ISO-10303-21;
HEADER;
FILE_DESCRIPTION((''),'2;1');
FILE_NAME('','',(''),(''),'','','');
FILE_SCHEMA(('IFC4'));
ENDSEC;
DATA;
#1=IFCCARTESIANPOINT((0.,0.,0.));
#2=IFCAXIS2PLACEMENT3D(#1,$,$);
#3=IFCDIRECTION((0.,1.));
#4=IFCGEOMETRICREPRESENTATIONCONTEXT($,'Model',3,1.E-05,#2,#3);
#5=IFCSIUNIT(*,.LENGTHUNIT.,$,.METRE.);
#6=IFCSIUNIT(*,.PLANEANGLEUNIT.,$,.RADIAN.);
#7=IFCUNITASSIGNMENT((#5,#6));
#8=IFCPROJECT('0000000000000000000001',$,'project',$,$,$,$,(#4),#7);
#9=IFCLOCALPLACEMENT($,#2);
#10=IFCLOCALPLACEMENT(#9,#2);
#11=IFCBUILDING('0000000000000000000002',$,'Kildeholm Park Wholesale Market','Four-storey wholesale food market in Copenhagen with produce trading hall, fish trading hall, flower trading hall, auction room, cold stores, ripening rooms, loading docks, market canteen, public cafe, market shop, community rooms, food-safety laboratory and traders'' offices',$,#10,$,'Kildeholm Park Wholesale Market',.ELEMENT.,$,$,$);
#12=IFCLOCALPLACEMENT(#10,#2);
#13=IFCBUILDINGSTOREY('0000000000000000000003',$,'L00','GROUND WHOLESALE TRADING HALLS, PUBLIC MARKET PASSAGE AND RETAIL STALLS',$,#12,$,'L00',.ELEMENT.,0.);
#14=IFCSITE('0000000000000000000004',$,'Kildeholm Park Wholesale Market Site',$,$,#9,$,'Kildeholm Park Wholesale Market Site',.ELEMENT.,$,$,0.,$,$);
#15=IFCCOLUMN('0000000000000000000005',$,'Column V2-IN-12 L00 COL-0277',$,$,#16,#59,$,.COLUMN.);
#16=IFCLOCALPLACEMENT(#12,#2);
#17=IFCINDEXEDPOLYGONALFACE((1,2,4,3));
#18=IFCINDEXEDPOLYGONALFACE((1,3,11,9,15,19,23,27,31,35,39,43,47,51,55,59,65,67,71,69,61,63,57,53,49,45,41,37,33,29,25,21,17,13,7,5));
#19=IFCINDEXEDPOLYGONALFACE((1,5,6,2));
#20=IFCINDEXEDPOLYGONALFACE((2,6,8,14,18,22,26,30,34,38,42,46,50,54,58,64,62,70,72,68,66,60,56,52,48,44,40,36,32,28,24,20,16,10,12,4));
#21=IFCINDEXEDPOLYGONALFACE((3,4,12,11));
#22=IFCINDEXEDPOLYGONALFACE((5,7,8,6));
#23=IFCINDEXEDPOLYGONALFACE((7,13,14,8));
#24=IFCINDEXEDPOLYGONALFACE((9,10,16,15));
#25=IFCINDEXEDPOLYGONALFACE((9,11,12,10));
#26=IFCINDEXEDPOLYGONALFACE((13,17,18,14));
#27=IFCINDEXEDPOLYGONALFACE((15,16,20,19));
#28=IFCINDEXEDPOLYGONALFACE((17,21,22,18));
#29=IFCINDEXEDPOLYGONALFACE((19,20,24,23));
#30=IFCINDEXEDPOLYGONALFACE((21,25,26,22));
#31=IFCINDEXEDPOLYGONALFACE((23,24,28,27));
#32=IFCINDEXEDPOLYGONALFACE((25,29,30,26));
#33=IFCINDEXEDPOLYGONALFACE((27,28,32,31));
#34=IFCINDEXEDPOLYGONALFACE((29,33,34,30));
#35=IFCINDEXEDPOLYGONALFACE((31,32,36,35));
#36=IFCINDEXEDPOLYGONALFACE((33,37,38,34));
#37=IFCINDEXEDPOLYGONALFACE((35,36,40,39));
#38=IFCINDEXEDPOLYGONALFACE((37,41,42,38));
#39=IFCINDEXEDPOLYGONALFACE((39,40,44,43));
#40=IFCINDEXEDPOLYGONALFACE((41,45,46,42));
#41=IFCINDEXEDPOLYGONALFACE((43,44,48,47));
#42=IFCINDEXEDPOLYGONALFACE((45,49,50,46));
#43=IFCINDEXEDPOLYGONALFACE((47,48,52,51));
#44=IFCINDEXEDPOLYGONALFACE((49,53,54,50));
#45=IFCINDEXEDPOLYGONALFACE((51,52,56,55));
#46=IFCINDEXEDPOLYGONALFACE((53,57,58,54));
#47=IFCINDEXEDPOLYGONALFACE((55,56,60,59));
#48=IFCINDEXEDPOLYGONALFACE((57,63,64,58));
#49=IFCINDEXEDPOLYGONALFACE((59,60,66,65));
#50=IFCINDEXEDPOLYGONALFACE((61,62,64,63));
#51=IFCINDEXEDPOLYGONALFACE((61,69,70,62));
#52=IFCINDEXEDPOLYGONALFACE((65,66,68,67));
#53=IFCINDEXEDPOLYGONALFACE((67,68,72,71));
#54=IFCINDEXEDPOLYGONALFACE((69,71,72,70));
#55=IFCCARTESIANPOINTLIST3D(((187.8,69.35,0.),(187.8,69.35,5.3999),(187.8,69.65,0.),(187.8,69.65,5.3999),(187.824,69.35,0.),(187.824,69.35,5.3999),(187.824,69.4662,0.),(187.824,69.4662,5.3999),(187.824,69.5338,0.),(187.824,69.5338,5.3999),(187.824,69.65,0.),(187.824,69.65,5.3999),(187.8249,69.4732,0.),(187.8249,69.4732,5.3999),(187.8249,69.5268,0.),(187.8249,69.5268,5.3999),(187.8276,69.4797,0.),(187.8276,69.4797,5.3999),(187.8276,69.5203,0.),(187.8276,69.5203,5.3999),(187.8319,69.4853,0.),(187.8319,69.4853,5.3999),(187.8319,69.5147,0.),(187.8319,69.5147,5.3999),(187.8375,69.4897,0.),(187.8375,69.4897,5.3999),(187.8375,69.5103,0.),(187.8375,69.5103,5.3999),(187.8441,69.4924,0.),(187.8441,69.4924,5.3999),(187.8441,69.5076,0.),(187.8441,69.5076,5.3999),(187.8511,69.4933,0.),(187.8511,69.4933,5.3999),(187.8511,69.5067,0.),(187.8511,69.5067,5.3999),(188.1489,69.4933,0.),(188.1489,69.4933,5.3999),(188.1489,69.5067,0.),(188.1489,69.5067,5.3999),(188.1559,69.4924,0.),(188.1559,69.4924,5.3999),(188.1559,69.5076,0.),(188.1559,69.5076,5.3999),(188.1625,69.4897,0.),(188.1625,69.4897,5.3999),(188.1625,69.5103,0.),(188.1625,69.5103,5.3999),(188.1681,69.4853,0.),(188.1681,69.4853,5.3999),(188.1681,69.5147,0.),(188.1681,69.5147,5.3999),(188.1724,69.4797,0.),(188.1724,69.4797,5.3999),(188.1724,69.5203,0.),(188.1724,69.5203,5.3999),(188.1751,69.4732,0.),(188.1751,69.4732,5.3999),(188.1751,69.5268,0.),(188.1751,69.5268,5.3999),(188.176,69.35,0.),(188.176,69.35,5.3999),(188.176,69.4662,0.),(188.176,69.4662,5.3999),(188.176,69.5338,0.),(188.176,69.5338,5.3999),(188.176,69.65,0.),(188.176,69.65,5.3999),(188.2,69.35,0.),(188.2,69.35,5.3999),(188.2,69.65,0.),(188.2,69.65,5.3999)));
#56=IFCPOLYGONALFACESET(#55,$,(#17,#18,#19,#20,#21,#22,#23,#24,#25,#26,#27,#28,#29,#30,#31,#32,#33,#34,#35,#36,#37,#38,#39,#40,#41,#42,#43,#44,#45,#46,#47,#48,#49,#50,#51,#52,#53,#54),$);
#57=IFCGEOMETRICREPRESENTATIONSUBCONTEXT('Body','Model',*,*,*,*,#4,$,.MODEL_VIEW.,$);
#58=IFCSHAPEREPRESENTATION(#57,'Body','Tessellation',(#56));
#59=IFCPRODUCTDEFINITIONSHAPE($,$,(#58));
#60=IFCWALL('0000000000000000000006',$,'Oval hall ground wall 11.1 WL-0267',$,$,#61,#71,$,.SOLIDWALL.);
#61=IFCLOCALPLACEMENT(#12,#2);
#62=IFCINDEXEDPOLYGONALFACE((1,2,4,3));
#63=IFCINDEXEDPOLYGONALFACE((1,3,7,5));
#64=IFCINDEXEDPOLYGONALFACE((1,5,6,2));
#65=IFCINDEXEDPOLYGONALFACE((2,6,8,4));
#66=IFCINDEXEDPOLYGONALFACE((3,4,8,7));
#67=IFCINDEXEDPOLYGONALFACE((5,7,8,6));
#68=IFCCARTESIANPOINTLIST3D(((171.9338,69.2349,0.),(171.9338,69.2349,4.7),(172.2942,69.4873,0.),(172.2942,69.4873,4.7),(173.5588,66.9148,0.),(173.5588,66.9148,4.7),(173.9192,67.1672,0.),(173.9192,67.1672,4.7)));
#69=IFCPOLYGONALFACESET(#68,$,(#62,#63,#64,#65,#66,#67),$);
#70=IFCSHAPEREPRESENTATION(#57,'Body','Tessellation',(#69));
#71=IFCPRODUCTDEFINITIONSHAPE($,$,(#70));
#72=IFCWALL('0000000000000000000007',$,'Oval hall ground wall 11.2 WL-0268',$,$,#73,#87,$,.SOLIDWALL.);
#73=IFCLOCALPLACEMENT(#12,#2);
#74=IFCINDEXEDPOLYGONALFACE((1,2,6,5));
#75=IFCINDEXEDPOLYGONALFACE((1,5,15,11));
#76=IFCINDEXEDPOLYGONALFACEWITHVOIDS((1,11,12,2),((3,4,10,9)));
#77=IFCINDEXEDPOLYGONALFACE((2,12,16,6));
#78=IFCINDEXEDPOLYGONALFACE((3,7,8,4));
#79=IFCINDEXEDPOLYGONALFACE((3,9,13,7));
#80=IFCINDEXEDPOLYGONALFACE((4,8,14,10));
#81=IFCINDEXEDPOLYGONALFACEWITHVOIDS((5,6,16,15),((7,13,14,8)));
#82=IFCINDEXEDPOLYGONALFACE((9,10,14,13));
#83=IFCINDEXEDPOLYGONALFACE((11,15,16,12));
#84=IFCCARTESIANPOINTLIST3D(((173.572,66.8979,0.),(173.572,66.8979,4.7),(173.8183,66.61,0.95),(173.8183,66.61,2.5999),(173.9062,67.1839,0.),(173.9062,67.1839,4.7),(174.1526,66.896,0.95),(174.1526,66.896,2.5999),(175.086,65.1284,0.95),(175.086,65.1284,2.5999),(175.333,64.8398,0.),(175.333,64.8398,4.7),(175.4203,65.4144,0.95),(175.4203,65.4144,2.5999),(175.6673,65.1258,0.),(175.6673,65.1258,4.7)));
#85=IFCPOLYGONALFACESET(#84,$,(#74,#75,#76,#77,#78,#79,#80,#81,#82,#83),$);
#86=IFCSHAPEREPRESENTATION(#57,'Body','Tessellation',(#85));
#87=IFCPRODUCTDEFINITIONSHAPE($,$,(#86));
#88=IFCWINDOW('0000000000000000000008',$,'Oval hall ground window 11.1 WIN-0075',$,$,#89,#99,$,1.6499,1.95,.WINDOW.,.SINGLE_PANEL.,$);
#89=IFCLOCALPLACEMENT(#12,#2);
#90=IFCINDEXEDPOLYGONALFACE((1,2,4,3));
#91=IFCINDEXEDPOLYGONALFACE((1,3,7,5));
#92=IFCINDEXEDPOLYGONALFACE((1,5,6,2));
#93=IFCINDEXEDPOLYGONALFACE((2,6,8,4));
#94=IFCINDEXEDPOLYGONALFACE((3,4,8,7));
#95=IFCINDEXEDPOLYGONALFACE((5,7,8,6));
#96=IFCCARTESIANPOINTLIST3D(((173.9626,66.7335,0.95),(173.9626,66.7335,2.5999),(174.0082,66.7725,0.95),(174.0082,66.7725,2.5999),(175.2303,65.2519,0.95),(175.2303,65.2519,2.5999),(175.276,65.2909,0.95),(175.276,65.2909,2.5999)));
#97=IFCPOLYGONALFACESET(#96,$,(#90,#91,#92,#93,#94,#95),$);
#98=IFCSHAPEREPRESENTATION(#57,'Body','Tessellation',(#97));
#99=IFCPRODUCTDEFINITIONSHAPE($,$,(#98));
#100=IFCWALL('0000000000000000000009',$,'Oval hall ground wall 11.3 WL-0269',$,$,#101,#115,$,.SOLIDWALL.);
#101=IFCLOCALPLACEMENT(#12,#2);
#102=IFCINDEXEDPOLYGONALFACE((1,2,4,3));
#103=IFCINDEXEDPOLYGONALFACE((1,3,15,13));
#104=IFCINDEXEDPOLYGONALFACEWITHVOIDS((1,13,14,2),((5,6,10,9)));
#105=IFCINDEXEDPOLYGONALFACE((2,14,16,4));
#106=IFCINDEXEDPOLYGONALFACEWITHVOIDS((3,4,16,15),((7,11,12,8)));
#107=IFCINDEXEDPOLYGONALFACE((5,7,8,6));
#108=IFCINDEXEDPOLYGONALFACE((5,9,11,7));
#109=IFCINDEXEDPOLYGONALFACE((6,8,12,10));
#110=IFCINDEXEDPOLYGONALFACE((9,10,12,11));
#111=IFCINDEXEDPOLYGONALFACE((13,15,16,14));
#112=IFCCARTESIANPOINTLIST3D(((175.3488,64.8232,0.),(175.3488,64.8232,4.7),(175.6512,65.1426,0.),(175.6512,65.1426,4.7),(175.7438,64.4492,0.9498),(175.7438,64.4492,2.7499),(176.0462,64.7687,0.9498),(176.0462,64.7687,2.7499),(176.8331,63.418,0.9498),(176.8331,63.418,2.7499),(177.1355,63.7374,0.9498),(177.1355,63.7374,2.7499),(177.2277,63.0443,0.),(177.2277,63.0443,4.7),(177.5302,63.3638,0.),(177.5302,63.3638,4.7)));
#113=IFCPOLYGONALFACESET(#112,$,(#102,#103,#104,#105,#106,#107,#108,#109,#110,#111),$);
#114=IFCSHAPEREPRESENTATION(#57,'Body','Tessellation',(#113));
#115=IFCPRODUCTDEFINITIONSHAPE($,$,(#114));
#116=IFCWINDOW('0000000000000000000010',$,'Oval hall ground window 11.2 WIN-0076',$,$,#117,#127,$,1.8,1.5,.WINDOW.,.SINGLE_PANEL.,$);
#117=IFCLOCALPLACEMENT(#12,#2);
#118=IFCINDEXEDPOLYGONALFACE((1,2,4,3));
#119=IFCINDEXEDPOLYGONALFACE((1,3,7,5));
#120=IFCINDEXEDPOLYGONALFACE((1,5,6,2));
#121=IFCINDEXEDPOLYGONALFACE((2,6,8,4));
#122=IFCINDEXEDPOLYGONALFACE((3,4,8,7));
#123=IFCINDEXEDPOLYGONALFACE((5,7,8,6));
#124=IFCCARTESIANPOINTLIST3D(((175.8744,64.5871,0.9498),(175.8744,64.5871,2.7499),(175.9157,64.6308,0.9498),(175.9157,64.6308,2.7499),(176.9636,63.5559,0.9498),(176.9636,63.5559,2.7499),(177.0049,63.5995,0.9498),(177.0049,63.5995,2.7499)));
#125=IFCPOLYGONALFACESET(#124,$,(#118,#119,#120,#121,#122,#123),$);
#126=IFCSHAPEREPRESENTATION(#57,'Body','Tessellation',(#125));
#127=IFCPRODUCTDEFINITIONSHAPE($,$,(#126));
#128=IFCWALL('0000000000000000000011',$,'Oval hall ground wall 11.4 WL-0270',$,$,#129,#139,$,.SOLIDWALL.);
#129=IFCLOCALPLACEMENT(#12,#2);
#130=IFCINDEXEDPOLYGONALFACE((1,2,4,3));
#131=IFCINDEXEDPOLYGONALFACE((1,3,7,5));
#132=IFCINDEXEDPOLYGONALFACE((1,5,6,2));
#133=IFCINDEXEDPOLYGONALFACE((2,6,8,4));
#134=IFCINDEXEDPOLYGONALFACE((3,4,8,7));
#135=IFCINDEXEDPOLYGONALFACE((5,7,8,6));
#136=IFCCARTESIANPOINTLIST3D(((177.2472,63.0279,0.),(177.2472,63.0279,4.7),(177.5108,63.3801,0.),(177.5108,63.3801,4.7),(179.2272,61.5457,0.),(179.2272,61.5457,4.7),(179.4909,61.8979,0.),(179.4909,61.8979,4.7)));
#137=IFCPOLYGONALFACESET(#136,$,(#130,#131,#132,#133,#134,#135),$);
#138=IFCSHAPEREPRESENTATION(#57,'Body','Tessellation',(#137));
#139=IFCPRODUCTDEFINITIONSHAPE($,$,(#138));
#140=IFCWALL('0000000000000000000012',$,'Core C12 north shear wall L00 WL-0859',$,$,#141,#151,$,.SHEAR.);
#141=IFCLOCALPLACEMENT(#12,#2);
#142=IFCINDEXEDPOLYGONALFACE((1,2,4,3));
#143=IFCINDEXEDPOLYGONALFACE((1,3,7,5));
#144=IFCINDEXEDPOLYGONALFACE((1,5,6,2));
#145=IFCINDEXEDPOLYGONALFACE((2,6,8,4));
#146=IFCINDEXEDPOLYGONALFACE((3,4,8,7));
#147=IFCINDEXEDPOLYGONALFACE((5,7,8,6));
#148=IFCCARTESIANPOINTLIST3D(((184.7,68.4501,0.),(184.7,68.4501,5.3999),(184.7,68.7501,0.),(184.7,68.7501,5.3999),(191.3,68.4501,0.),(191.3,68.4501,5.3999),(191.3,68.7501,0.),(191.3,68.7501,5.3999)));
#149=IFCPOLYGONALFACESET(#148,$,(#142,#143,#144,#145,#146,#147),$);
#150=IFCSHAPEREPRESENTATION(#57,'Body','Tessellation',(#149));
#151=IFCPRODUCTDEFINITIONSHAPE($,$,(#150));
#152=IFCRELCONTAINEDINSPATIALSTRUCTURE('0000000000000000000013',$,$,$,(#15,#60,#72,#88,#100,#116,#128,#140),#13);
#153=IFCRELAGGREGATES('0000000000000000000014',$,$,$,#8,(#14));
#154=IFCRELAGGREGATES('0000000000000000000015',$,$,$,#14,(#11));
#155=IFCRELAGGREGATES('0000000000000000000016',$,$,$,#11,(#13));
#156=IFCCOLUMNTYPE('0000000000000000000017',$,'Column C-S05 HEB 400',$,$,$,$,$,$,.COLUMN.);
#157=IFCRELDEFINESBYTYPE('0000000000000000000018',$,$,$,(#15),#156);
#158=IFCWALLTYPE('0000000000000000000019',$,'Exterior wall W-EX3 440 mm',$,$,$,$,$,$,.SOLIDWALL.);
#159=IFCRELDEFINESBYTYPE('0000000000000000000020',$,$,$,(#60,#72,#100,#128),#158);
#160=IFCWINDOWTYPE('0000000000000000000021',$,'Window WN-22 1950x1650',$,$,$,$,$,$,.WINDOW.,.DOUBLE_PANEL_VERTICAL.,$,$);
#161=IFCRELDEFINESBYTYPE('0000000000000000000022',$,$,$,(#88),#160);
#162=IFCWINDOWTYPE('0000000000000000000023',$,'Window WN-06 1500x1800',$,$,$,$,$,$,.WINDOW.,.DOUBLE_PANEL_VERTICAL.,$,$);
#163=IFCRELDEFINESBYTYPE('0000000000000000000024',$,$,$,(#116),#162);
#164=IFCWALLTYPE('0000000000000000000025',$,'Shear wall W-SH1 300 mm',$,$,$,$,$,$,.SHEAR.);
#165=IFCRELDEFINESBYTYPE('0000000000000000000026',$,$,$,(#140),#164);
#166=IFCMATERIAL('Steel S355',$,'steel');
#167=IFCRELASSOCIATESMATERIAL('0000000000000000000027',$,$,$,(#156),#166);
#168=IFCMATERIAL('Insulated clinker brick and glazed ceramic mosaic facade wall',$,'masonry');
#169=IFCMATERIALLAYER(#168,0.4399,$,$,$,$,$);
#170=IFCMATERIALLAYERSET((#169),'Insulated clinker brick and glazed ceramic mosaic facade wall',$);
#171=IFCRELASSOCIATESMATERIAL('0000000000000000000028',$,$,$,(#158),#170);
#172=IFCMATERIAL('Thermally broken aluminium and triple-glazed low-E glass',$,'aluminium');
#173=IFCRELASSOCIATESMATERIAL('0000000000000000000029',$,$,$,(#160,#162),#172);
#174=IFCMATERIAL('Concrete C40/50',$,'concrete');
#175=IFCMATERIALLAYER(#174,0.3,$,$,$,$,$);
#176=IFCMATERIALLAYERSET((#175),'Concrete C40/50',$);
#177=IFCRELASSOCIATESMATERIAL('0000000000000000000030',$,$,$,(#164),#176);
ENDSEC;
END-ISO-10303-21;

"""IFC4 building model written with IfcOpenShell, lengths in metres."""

from ifc_helpers import new_model, si_unit, direction, frame, frame_2d, origin, origin_2d, place, context, subcontext, project, spatial, rectangle, i_section, extrude, material, layer, layer_set, material_profile, profile_set, type_object, element, fill, save


model = new_model("IFC4")

# Units and contexts
model_context = context("Model", 3, precision=1e-05, world=origin(), true_north=direction((0.0, 1.0)))
body_context = subcontext(model_context, "Body", "Model", "MODEL_VIEW")
ifc_project = project(units=[si_unit("LENGTHUNIT", "METRE"), si_unit("PLANEANGLEUNIT", "RADIAN")], contexts=[model_context])

# Site, building, storey
site_placement = place(None, origin())
site = spatial("IfcSite", under=ifc_project, at=site_placement, Name="Kildeholm Park Wholesale Market Site", LongName="Kildeholm Park Wholesale Market Site", CompositionType="ELEMENT", RefElevation=0.0)
building_placement = place(site_placement, origin())
building = spatial("IfcBuilding", under=site, at=building_placement, Name="Kildeholm Park Wholesale Market", Description="Four-storey wholesale food market in Copenhagen with produce trading hall, fish trading hall, flower trading hall, auction room, cold stores, ripening rooms, loading docks, market canteen, public cafe, market shop, community rooms, food-safety laboratory and traders' offices", LongName="Kildeholm Park Wholesale Market", CompositionType="ELEMENT")
storey_placement = place(building_placement, origin())
storey = spatial("IfcBuildingStorey", under=building, at=storey_placement, Name="L00", Description="GROUND WHOLESALE TRADING HALLS, PUBLIC MARKET PASSAGE AND RETAIL STALLS", LongName="L00", CompositionType="ELEMENT", Elevation=0.0)

# Column
ifc_material_1 = material(Name="Steel S355", Category="steel")
ifc_material_profile_1 = material_profile(ifc_material_1, i_section(OverallWidth=0.3, OverallDepth=0.3999, WebThickness=0.0134, FlangeThickness=0.0239, FilletRadius=0.0271, at=origin_2d()), Name="HEB 400")
ifc_profile_set_1 = profile_set([ifc_material_profile_1], Name="Steel S355")
column_type = type_object("IfcColumnType", Name="Column C-S05 HEB 400", PredefinedType="COLUMN", material=ifc_profile_set_1)
for number, where, z_axis, x_axis, name in (
    (1, (188.0, 69.5, 0.0), (0.0, 0.0, 1.0), (0.0, -1.0, 0.0), "Column V2-IN-12 L00 COL-0277"),
):
    element("IfcColumn", number, at=place(storey_placement, frame(where, z_axis=z_axis, x_axis=x_axis)), inside=storey, type_object=column_type, Name=name, PredefinedType="COLUMN", context=body_context, shape_type="SweptSolid", body=[
        extrude(i_section(OverallWidth=0.3, OverallDepth=0.3999, WebThickness=0.0134, FlangeThickness=0.0239, FilletRadius=0.0271, at=origin_2d()), origin(), (0.0, 0.0, 1.0), 5.3999),
    ])

# Wall
ifc_material_2 = material(Name="Insulated clinker brick and glazed ceramic mosaic facade wall", Category="masonry")
ifc_layer_1 = layer(ifc_material_2, 0.4399)
ifc_layer_set_1 = layer_set([ifc_layer_1], Name="Insulated clinker brick and glazed ceramic mosaic facade wall")
wall_type_1 = type_object("IfcWallType", Name="Exterior wall W-EX3 440 mm", PredefinedType="SOLIDWALL", material=ifc_layer_set_1)
wall_1_placement = place(storey_placement, frame((172.114, 69.3611, 0.0), z_axis=(0.0, 0.0, 1.0), x_axis=(0.573688, -0.819074, 0.0)))
element("IfcWall", 2, at=wall_1_placement, inside=storey, type_object=wall_type_1, Name="Oval hall ground wall 11.1 WL-0267", PredefinedType="SOLIDWALL", context=body_context, shape_type="SweptSolid", body=[
    extrude(rectangle(XDim=2.8325, YDim=0.4399, at=frame_2d((1.4163, 0.0))), origin(), (0.0, 0.0, 1.0), 4.7),
])

# Walls, openings, windows
wall_2_placement = place(storey_placement, frame((173.739, 67.041, 0.0), z_axis=(0.0, 0.0, 1.0), x_axis=(0.650131, -0.759823, 0.0)))
wall_2 = element("IfcWall", 3, at=wall_2_placement, inside=storey, type_object=wall_type_1, Name="Oval hall ground wall 11.2 WL-0268", PredefinedType="SOLIDWALL", context=body_context, shape_type="SweptSolid", body=[
    extrude(rectangle(XDim=2.7087, YDim=0.4399, at=frame_2d((1.3545, 0.0))), origin(), (0.0, 0.0, 1.0), 4.7),
])
opening_1_placement = place(wall_2_placement, frame((0.3789, 0.0, 0.95)))
opening_1 = element("IfcOpeningElement", 4, at=opening_1_placement, cuts=wall_2, PredefinedType="OPENING", context=body_context, shape_type="SweptSolid", body=[
    extrude(rectangle(XDim=1.95, YDim=1.6499, at=frame_2d((0.9751, 0.825))), frame((0.0, 0.23, 0.0), z_axis=(0.0, -1.0, 0.0), x_axis=(1.0, 0.0, 0.0)), (0.0, 0.0, 1.0), 0.46),
])
ifc_material_3 = material(Name="Thermally broken aluminium and triple-glazed low-E glass", Category="aluminium")
window_type_1 = type_object("IfcWindowType", Name="Window WN-22 1950x1650", PartitioningType="DOUBLE_PANEL_VERTICAL", PredefinedType="WINDOW", material=ifc_material_3)
window_1_placement = place(opening_1_placement, origin())
window_1 = element("IfcWindow", 5, at=window_1_placement, inside=storey, type_object=window_type_1, Name="Oval hall ground window 11.1 WIN-0075", OverallHeight=1.6499, OverallWidth=1.95, PartitioningType="SINGLE_PANEL", PredefinedType="WINDOW", context=body_context, shape_type="SweptSolid", body=[
    extrude(rectangle(XDim=1.95, YDim=1.6499, at=frame_2d((0.9751, 0.825))), frame((0.0, 0.03, 0.0), z_axis=(0.0, -1.0, 0.0), x_axis=(1.0, 0.0, 0.0)), (0.0, 0.0, 1.0), 0.0601),
])
fill(opening_1, window_1)
wall_3_placement = place(storey_placement, frame((175.5, 64.9829, 0.0), z_axis=(0.0, 0.0, 1.0), x_axis=(0.726186, -0.687499, 0.0)))
wall_3 = element("IfcWall", 6, at=wall_3_placement, inside=storey, type_object=wall_type_1, Name="Oval hall ground wall 11.3 WL-0269", PredefinedType="SOLIDWALL", context=body_context, shape_type="SweptSolid", body=[
    extrude(rectangle(XDim=2.5874, YDim=0.4399, at=frame_2d((1.2937, 0.0))), origin(), (0.0, 0.0, 1.0), 4.7),
])
opening_2_placement = place(wall_3_placement, frame((0.5439, 0.0, 0.95)))
opening_2 = element("IfcOpeningElement", 7, at=opening_2_placement, cuts=wall_3, PredefinedType="OPENING", context=body_context, shape_type="SweptSolid", body=[
    extrude(rectangle(XDim=1.5, YDim=1.8, at=frame_2d((0.75, 0.8999))), frame((0.0, 0.23, 0.0), z_axis=(0.0, -1.0, 0.0), x_axis=(1.0, 0.0, 0.0)), (0.0, 0.0, 1.0), 0.46),
])
window_type_2 = type_object("IfcWindowType", Name="Window WN-06 1500x1800", PartitioningType="DOUBLE_PANEL_VERTICAL", PredefinedType="WINDOW", material=ifc_material_3)
window_2_placement = place(opening_2_placement, origin())
window_2 = element("IfcWindow", 8, at=window_2_placement, inside=storey, type_object=window_type_2, Name="Oval hall ground window 11.2 WIN-0076", OverallHeight=1.8, OverallWidth=1.5, PartitioningType="SINGLE_PANEL", PredefinedType="WINDOW", context=body_context, shape_type="SweptSolid", body=[
    extrude(rectangle(XDim=1.5, YDim=1.8, at=frame_2d((0.75, 0.8999))), frame((0.0, 0.03, 0.0), z_axis=(0.0, -1.0, 0.0), x_axis=(1.0, 0.0, 0.0)), (0.0, 0.0, 1.0), 0.0601),
])
fill(opening_2, window_2)

# Walls
wall_4_placement = place(storey_placement, frame((177.3789, 63.2041, 0.0), z_axis=(0.0, 0.0, 1.0), x_axis=(0.800545, -0.599273, 0.0)))
element("IfcWall", 9, at=wall_4_placement, inside=storey, type_object=wall_type_1, Name="Oval hall ground wall 11.4 WL-0270", PredefinedType="SOLIDWALL", context=body_context, shape_type="SweptSolid", body=[
    extrude(rectangle(XDim=2.4734, YDim=0.4399, at=frame_2d((1.2368, 0.0))), origin(), (0.0, 0.0, 1.0), 4.7),
])
ifc_material_4 = material(Name="Concrete C40/50", Category="concrete")
ifc_layer_2 = layer(ifc_material_4, 0.3)
ifc_layer_set_2 = layer_set([ifc_layer_2], Name="Concrete C40/50")
wall_type_2 = type_object("IfcWallType", Name="Shear wall W-SH1 300 mm", PredefinedType="SHEAR", material=ifc_layer_set_2)
wall_5_placement = place(storey_placement, frame((184.7, 68.6001, 0.0), z_axis=(0.0, 0.0, 1.0), x_axis=(1.0, 0.0, 0.0)))
element("IfcWall", 10, at=wall_5_placement, inside=storey, type_object=wall_type_2, Name="Core C12 north shear wall L00 WL-0859", PredefinedType="SHEAR", context=body_context, shape_type="SweptSolid", body=[
    extrude(rectangle(XDim=6.6001, YDim=0.3, at=frame_2d((3.3, 0.0))), origin(), (0.0, 0.0, 1.0), 5.3999),
])

save(model, "model.ifc")
